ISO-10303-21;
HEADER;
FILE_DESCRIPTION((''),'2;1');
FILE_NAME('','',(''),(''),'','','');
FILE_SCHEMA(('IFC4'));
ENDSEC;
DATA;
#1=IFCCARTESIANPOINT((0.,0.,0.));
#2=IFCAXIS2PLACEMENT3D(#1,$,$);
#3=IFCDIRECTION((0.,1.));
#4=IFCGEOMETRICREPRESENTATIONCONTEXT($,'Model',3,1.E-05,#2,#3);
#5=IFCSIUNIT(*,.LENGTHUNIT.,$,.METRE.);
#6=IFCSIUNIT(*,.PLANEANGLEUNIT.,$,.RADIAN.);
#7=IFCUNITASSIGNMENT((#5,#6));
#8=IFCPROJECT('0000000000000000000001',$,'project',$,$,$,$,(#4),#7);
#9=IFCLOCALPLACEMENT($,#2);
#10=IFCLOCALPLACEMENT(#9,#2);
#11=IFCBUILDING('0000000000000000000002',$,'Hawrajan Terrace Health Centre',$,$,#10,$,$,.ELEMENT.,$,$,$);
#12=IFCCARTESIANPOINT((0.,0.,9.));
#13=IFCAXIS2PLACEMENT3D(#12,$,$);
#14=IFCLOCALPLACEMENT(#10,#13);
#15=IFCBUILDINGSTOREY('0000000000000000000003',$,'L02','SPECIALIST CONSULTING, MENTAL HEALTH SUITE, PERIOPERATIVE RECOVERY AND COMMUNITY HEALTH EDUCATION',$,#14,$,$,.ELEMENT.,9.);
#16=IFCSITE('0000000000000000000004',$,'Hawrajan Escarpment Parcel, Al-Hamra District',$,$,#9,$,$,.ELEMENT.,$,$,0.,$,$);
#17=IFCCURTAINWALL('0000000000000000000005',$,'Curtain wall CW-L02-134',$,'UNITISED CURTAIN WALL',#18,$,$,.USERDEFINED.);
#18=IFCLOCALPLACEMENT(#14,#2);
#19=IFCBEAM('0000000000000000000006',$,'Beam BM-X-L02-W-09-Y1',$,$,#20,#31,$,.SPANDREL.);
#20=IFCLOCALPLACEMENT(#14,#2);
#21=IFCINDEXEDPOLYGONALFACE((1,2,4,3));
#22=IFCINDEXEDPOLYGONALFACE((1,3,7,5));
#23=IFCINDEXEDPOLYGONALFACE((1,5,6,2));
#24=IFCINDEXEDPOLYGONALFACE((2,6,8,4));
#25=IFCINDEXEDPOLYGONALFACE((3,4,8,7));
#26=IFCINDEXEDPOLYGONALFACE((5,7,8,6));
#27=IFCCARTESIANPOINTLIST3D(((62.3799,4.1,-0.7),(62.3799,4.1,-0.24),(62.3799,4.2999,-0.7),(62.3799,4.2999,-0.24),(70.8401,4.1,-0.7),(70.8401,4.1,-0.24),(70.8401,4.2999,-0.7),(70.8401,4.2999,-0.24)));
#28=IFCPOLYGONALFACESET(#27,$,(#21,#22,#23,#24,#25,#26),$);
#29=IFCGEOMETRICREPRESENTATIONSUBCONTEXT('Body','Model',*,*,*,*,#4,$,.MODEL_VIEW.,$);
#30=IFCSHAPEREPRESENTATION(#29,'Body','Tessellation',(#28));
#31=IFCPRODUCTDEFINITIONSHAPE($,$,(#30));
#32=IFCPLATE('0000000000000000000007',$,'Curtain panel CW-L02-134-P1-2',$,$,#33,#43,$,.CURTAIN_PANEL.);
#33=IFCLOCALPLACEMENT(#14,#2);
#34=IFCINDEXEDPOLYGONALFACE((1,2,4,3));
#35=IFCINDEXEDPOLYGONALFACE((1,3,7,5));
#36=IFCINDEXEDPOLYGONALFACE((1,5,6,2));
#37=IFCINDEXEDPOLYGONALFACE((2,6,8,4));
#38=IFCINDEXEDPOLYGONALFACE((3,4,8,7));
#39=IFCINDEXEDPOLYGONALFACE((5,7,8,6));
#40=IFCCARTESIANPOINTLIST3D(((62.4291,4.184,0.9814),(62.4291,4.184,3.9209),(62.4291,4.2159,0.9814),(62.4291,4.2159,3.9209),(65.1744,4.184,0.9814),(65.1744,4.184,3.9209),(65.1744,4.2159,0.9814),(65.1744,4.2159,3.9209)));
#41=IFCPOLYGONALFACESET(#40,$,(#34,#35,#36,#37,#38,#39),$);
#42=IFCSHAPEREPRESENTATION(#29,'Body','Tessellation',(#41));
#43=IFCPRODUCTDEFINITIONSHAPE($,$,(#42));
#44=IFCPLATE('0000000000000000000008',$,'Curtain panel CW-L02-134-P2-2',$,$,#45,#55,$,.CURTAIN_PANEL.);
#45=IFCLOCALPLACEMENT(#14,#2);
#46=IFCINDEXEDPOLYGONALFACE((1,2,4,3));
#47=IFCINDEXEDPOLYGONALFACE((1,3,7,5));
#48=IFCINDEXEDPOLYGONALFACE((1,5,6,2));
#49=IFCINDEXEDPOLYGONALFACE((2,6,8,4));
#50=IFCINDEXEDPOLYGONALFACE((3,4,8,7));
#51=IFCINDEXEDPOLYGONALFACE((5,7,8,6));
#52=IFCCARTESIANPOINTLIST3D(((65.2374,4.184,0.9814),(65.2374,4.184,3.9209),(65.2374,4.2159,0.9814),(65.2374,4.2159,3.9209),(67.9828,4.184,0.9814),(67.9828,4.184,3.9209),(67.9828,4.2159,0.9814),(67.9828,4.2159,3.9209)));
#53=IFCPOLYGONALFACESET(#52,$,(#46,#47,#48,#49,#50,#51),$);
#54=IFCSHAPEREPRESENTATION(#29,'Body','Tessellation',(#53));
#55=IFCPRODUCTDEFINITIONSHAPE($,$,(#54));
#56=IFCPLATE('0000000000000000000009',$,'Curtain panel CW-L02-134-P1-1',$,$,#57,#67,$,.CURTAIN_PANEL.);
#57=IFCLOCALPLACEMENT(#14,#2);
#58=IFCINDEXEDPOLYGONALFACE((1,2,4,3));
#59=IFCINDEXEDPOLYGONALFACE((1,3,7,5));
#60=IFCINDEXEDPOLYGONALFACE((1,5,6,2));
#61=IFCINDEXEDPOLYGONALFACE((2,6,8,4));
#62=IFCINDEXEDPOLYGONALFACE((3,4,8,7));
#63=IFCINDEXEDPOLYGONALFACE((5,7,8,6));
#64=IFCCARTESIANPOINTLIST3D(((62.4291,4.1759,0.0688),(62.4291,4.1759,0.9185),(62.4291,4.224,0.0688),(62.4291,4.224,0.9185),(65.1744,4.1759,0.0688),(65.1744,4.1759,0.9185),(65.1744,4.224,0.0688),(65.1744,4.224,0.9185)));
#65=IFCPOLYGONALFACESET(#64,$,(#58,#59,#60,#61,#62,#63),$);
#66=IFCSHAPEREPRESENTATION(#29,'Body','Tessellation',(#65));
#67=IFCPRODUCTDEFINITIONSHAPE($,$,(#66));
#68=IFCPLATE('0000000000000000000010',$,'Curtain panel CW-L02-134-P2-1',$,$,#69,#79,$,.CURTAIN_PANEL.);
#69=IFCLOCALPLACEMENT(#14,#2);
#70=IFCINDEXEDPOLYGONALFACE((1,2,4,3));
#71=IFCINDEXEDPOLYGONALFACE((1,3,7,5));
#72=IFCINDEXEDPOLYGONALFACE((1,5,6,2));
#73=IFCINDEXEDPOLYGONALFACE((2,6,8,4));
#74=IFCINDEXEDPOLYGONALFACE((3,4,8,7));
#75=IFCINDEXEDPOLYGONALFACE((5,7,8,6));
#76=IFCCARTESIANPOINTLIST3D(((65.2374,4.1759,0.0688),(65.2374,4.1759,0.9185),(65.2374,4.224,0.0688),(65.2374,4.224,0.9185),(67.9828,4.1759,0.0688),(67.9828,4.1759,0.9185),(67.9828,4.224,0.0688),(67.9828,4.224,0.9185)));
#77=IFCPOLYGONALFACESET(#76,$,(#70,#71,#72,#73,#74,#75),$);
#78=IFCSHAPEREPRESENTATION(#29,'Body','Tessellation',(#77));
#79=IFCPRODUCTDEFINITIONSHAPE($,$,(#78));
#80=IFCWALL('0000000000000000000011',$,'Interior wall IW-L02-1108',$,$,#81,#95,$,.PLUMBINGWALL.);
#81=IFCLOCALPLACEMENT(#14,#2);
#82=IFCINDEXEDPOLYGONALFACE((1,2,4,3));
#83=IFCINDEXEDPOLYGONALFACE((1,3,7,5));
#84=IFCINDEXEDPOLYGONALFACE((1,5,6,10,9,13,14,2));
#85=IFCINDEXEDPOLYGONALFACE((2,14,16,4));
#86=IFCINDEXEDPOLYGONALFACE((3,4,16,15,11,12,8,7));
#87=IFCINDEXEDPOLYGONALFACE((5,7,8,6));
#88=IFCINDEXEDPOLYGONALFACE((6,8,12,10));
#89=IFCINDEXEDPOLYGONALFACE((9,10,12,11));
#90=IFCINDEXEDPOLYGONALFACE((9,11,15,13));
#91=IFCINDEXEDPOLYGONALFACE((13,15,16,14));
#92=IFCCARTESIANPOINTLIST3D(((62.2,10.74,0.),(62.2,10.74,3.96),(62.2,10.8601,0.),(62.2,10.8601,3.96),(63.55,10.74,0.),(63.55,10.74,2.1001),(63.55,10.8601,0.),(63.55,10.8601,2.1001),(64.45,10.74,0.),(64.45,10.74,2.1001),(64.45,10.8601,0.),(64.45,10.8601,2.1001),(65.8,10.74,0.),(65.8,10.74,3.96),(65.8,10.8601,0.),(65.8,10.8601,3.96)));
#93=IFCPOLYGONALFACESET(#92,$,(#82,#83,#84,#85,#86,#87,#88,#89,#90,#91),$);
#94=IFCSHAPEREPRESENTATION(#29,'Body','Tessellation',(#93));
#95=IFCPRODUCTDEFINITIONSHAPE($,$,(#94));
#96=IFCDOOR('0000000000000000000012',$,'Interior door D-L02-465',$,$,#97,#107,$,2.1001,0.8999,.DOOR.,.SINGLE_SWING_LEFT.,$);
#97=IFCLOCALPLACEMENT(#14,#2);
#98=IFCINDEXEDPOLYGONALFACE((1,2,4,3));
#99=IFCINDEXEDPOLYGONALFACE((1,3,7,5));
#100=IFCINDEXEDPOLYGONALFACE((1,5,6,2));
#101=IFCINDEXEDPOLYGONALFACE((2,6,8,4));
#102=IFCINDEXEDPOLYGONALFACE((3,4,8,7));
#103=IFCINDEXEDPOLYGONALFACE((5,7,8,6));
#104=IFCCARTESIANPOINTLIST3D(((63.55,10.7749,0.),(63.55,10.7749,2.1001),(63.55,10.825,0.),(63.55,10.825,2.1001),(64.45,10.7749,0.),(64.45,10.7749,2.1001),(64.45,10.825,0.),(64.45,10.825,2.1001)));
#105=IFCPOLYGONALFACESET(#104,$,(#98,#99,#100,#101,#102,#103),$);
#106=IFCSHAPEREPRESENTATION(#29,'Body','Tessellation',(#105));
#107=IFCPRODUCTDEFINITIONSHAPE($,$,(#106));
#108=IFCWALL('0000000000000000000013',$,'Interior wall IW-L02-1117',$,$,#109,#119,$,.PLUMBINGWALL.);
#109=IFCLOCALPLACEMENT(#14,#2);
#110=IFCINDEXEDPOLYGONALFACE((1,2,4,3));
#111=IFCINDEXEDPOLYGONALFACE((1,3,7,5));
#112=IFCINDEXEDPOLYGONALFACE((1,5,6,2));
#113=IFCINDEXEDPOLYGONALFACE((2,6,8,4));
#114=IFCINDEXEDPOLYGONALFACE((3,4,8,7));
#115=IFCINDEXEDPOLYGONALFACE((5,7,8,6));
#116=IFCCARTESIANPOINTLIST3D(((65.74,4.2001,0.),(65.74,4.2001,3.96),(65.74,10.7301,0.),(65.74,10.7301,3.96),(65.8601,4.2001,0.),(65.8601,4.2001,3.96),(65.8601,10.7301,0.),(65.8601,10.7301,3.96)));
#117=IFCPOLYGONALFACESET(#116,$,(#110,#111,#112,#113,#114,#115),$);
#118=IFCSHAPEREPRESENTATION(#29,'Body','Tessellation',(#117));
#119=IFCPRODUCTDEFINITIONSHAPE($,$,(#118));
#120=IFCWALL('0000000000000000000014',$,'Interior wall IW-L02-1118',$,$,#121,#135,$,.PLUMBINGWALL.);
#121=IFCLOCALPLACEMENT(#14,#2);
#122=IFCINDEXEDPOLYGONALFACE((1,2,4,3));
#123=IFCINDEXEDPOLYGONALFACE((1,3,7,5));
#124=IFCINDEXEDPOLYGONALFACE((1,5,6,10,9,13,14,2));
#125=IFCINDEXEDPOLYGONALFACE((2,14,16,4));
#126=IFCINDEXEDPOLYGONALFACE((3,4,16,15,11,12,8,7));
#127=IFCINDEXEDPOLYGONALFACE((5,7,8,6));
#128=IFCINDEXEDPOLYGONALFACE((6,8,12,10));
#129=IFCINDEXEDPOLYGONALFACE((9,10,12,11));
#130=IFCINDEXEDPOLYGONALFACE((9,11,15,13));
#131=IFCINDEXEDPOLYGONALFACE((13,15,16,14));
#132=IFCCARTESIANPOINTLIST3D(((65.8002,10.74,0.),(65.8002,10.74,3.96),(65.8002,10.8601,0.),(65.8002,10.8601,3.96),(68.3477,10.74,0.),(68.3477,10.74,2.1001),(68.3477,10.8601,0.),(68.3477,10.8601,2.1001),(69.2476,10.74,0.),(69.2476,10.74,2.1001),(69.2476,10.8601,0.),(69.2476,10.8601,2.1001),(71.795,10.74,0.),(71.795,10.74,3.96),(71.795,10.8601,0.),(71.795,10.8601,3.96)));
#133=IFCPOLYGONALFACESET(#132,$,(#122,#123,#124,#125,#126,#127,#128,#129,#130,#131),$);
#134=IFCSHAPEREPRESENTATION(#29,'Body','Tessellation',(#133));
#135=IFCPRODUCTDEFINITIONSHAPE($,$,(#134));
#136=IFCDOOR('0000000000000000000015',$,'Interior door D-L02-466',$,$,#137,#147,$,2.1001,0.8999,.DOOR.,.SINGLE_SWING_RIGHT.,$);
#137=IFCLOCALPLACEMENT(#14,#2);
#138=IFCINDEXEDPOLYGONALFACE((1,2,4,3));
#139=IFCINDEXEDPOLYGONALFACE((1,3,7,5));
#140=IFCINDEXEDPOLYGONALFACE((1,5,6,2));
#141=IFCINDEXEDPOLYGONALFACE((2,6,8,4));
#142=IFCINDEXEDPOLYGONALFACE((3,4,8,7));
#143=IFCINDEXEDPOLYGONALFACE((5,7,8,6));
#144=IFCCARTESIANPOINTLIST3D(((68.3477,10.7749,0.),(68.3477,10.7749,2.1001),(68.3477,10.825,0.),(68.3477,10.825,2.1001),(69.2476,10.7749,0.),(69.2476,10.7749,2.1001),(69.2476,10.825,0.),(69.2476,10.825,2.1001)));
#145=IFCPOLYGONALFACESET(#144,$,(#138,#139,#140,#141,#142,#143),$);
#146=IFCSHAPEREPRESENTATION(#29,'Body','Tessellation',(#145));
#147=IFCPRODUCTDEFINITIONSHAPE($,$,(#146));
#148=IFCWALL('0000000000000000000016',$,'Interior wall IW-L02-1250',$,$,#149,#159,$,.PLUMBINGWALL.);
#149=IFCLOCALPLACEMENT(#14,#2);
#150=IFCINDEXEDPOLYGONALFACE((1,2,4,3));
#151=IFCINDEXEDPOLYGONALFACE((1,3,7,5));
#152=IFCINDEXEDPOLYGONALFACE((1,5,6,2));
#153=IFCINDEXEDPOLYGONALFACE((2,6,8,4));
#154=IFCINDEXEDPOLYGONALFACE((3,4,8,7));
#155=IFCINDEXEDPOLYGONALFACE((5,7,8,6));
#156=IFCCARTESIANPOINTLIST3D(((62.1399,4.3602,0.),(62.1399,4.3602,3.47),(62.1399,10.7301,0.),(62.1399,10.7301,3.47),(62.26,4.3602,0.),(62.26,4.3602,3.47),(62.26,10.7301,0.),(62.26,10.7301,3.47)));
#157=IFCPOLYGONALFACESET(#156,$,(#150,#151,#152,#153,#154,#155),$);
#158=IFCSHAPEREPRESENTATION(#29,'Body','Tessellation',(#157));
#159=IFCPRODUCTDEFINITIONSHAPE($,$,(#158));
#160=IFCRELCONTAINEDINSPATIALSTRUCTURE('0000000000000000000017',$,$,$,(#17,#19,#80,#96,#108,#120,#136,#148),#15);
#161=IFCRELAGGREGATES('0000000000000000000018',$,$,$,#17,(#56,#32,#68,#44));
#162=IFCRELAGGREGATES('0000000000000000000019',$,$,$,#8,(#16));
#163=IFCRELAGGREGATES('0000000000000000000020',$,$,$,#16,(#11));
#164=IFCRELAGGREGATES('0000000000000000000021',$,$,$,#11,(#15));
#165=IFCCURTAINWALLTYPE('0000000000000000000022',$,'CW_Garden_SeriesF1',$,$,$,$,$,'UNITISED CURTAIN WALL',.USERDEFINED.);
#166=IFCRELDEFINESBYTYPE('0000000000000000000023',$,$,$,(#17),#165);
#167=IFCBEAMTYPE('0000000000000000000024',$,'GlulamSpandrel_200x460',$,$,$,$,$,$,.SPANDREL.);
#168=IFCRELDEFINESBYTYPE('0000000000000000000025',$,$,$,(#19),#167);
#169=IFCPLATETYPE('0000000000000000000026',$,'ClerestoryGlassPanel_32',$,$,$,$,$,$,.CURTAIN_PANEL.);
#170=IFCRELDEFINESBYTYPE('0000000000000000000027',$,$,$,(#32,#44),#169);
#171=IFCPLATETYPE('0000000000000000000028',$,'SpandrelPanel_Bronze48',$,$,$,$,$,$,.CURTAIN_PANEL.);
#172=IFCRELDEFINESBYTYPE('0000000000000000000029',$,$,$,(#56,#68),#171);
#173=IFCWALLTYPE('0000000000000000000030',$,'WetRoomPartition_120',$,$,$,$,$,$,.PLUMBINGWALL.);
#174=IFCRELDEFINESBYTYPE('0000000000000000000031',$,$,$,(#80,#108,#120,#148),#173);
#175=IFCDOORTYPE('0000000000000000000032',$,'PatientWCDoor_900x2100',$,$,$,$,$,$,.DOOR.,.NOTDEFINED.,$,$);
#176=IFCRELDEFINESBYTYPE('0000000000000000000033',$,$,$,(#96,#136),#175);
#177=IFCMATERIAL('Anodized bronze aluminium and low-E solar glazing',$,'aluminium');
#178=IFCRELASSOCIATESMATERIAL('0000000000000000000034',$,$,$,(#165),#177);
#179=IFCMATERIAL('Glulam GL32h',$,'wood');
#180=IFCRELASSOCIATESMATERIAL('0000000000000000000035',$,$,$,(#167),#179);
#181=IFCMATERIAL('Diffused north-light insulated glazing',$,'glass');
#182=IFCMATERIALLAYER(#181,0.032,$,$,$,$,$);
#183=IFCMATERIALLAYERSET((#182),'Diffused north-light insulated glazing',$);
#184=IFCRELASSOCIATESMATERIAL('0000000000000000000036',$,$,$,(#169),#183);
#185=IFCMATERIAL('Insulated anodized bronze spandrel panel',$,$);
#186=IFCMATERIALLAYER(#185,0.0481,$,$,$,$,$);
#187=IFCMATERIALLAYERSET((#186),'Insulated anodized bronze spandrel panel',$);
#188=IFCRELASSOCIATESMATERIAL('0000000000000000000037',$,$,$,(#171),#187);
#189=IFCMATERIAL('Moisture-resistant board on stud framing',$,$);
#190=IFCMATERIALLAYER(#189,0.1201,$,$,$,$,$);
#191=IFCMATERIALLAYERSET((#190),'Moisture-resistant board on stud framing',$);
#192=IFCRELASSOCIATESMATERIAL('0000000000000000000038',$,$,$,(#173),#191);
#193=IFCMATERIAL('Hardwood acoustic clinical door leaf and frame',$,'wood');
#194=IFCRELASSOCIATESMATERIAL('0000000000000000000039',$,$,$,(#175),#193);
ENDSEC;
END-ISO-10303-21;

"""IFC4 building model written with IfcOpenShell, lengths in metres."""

from ifc_helpers import new_model, si_unit, direction, frame, frame_2d, origin, origin_2d, place, context, subcontext, project, spatial, rectangle, extrude, material, layer, layer_set, material_profile, profile_set, type_object, element, fill, aggregate, save


model = new_model("IFC4")

# Units and contexts
model_context = context("Model", 3, precision=1e-05, world=origin(), true_north=direction((0.0, 1.0)))
body_context = subcontext(model_context, "Body", "Model", "MODEL_VIEW")
ifc_project = project(units=[si_unit("LENGTHUNIT", "METRE"), si_unit("PLANEANGLEUNIT", "RADIAN")], contexts=[model_context])

# Site, building, storey
site_placement = place(None, origin())
site = spatial("IfcSite", under=ifc_project, at=site_placement, Name="Hawrajan Escarpment Parcel, Al-Hamra District", CompositionType="ELEMENT", RefElevation=0.0)
building_placement = place(site_placement, origin())
building = spatial("IfcBuilding", under=site, at=building_placement, Name="Hawrajan Terrace Health Centre", CompositionType="ELEMENT")
storey_placement = place(building_placement, frame((0.0, 0.0, 9.0)))
storey = spatial("IfcBuildingStorey", under=building, at=storey_placement, Name="L02", Description="SPECIALIST CONSULTING, MENTAL HEALTH SUITE, PERIOPERATIVE RECOVERY AND COMMUNITY HEALTH EDUCATION", CompositionType="ELEMENT", Elevation=9.0)

# Curtain wall
ifc_material_1 = material(Name="Anodized bronze aluminium and low-E solar glazing", Category="aluminium")
curtain_wall_type = type_object("IfcCurtainWallType", Name="CW_Garden_SeriesF1", ElementType="UNITISED CURTAIN WALL", PredefinedType="USERDEFINED", material=ifc_material_1)
curtain_wall_placement = place(storey_placement, origin())
curtain_wall = element("IfcCurtainWall", 1, at=curtain_wall_placement, inside=storey, type_object=curtain_wall_type, Name="Curtain wall CW-L02-134", ObjectType="UNITISED CURTAIN WALL", PredefinedType="USERDEFINED")

# Beam
ifc_material_2 = material(Name="Glulam GL32h", Category="wood")
ifc_material_profile_1 = material_profile(ifc_material_2, rectangle(XDim=0.2, YDim=0.46, at=origin_2d()), Name="GL SP 200x460")
ifc_profile_set_1 = profile_set([ifc_material_profile_1], Name="Glulam GL32h")
beam_type_1 = type_object("IfcBeamType", Name="GlulamSpandrel_200x460", PredefinedType="SPANDREL", material=ifc_profile_set_1)
beam_1_placement = place(storey_placement, frame((62.3799, 4.2, -0.47), z_axis=(1.0, 0.0, 0.0), x_axis=(0.0, 1.0, 0.0)))
element("IfcBeam", 2, at=beam_1_placement, inside=storey, type_object=beam_type_1, Name="Beam BM-X-L02-W-09-Y1", PredefinedType="SPANDREL", context=body_context, shape_type="SweptSolid", body=[
    extrude(rectangle(XDim=0.2, YDim=0.46, at=origin_2d()), origin(), (0.0, 0.0, 1.0), 8.4602),
])

# Plates
ifc_material_3 = material(Name="Diffused north-light insulated glazing", Category="glass")
ifc_layer_1 = layer(ifc_material_3, 0.032)
ifc_layer_set_1 = layer_set([ifc_layer_1], Name="Diffused north-light insulated glazing")
plate_type_1 = type_object("IfcPlateType", Name="ClerestoryGlassPanel_32", PredefinedType="CURTAIN_PANEL", material=ifc_layer_set_1)
plate_1_placement = place(storey_placement, frame((63.8018, 4.2, 0.9814), z_axis=(0.0, 0.0, 1.0), x_axis=(1.0, 0.0, 0.0)))
plate_1 = element("IfcPlate", 3, at=plate_1_placement, type_object=plate_type_1, Name="Curtain panel CW-L02-134-P1-2", PredefinedType="CURTAIN_PANEL", context=body_context, shape_type="SweptSolid", body=[
    extrude(rectangle(XDim=2.7454, YDim=0.032, at=origin_2d()), origin(), (0.0, 0.0, 1.0), 2.9395),
])
plate_2_placement = place(storey_placement, frame((66.6101, 4.2, 0.9814), z_axis=(0.0, 0.0, 1.0), x_axis=(1.0, 0.0, 0.0)))
plate_2 = element("IfcPlate", 4, at=plate_2_placement, type_object=plate_type_1, Name="Curtain panel CW-L02-134-P2-2", PredefinedType="CURTAIN_PANEL", context=body_context, shape_type="SweptSolid", body=[
    extrude(rectangle(XDim=2.7454, YDim=0.032, at=origin_2d()), origin(), (0.0, 0.0, 1.0), 2.9395),
])
ifc_material_4 = material(Name="Insulated anodized bronze spandrel panel")
ifc_layer_2 = layer(ifc_material_4, 0.0481)
ifc_layer_set_2 = layer_set([ifc_layer_2], Name="Insulated anodized bronze spandrel panel")
plate_type_2 = type_object("IfcPlateType", Name="SpandrelPanel_Bronze48", PredefinedType="CURTAIN_PANEL", material=ifc_layer_set_2)
plate_3_placement = place(storey_placement, frame((63.8018, 4.2, 0.0688), z_axis=(0.0, 0.0, 1.0), x_axis=(1.0, 0.0, 0.0)))
plate_3 = element("IfcPlate", 5, at=plate_3_placement, type_object=plate_type_2, Name="Curtain panel CW-L02-134-P1-1", PredefinedType="CURTAIN_PANEL", context=body_context, shape_type="SweptSolid", body=[
    extrude(rectangle(XDim=2.7454, YDim=0.0481, at=origin_2d()), origin(), (0.0, 0.0, 1.0), 0.8496),
])
plate_4_placement = place(storey_placement, frame((66.6101, 4.2, 0.0688), z_axis=(0.0, 0.0, 1.0), x_axis=(1.0, 0.0, 0.0)))
plate_4 = element("IfcPlate", 6, at=plate_4_placement, type_object=plate_type_2, Name="Curtain panel CW-L02-134-P2-1", PredefinedType="CURTAIN_PANEL", context=body_context, shape_type="SweptSolid", body=[
    extrude(rectangle(XDim=2.7454, YDim=0.0481, at=origin_2d()), origin(), (0.0, 0.0, 1.0), 0.8496),
])
aggregate(curtain_wall, [plate_3, plate_1, plate_4, plate_2])

# Wall, opening, door
ifc_material_5 = material(Name="Moisture-resistant board on stud framing")
ifc_layer_3 = layer(ifc_material_5, 0.1201)
ifc_layer_set_3 = layer_set([ifc_layer_3], Name="Moisture-resistant board on stud framing")
wall_type = type_object("IfcWallType", Name="WetRoomPartition_120", PredefinedType="PLUMBINGWALL", material=ifc_layer_set_3)
wall_1_placement = place(storey_placement, frame((62.2, 10.8, 0.0), z_axis=(0.0, 0.0, 1.0), x_axis=(1.0, 0.0, 0.0)))
wall_1 = element("IfcWall", 7, at=wall_1_placement, inside=storey, type_object=wall_type, Name="Interior wall IW-L02-1108", PredefinedType="PLUMBINGWALL", context=body_context, shape_type="SweptSolid", body=[
    extrude(rectangle(XDim=3.6001, YDim=0.1201, at=frame_2d((1.8, 0.0))), origin(), (0.0, 0.0, 1.0), 3.96),
])
opening_1_placement = place(wall_1_placement, frame((1.3501, 0.0, 0.0)))
opening_1 = element("IfcOpeningElement", 8, at=opening_1_placement, cuts=wall_1, PredefinedType="OPENING", context=body_context, shape_type="SweptSolid", body=[
    extrude(rectangle(XDim=0.8999, YDim=2.1001, at=frame_2d((0.45, 1.05))), frame((0.0, 0.0701, 0.0), z_axis=(0.0, -1.0, 0.0), x_axis=(1.0, 0.0, 0.0)), (0.0, 0.0, 1.0), 0.1401),
])
ifc_material_6 = material(Name="Hardwood acoustic clinical door leaf and frame", Category="wood")
door_type = type_object("IfcDoorType", Name="PatientWCDoor_900x2100", OperationType="NOTDEFINED", PredefinedType="DOOR", material=ifc_material_6)
door_1_placement = place(opening_1_placement, origin())
door_1 = element("IfcDoor", 9, at=door_1_placement, inside=storey, type_object=door_type, Name="Interior door D-L02-465", OperationType="SINGLE_SWING_LEFT", OverallHeight=2.1001, OverallWidth=0.8999, PredefinedType="DOOR", context=body_context, shape_type="SweptSolid", body=[
    extrude(rectangle(XDim=0.8999, YDim=2.1001, at=frame_2d((0.45, 1.05))), frame((0.0, 0.0249, 0.0), z_axis=(0.0, -1.0, 0.0), x_axis=(1.0, 0.0, 0.0)), (0.0, 0.0, 1.0), 0.05),
])
fill(opening_1, door_1)

# Wall
wall_2_placement = place(storey_placement, frame((65.8, 4.2, 0.0), z_axis=(0.0, 0.0, 1.0), x_axis=(0.0, 1.0, 0.0)))
element("IfcWall", 10, at=wall_2_placement, inside=storey, type_object=wall_type, Name="Interior wall IW-L02-1117", PredefinedType="PLUMBINGWALL", context=body_context, shape_type="SweptSolid", body=[
    extrude(rectangle(XDim=6.53, YDim=0.1201, at=frame_2d((3.2651, 0.0))), origin(), (0.0, 0.0, 1.0), 3.96),
])

# Wall, opening, door
wall_3_placement = place(storey_placement, frame((65.8, 10.8, 0.0), z_axis=(0.0, 0.0, 1.0), x_axis=(1.0, 0.0, 0.0)))
wall_3 = element("IfcWall", 11, at=wall_3_placement, inside=storey, type_object=wall_type, Name="Interior wall IW-L02-1118", PredefinedType="PLUMBINGWALL", context=body_context, shape_type="SweptSolid", body=[
    extrude(rectangle(XDim=5.9949, YDim=0.1201, at=frame_2d((2.9976, 0.0))), origin(), (0.0, 0.0, 1.0), 3.96),
])
opening_2_placement = place(wall_3_placement, frame((2.5476, 0.0, 0.0)))
opening_2 = element("IfcOpeningElement", 12, at=opening_2_placement, cuts=wall_3, PredefinedType="OPENING", context=body_context, shape_type="SweptSolid", body=[
    extrude(rectangle(XDim=0.8999, YDim=2.1001, at=frame_2d((0.45, 1.05))), frame((0.0, 0.0701, 0.0), z_axis=(0.0, -1.0, 0.0), x_axis=(1.0, 0.0, 0.0)), (0.0, 0.0, 1.0), 0.1401),
])
door_2_placement = place(opening_2_placement, origin())
door_2 = element("IfcDoor", 13, at=door_2_placement, inside=storey, type_object=door_type, Name="Interior door D-L02-466", OperationType="SINGLE_SWING_RIGHT", OverallHeight=2.1001, OverallWidth=0.8999, PredefinedType="DOOR", context=body_context, shape_type="SweptSolid", body=[
    extrude(rectangle(XDim=0.8999, YDim=2.1001, at=frame_2d((0.45, 1.05))), frame((0.0, 0.0249, 0.0), z_axis=(0.0, -1.0, 0.0), x_axis=(1.0, 0.0, 0.0)), (0.0, 0.0, 1.0), 0.05),
])
fill(opening_2, door_2)

# Wall
wall_4_placement = place(storey_placement, frame((62.2, 4.3601, 0.0), z_axis=(0.0, 0.0, 1.0), x_axis=(0.0, 1.0, 0.0)))
element("IfcWall", 14, at=wall_4_placement, inside=storey, type_object=wall_type, Name="Interior wall IW-L02-1250", PredefinedType="PLUMBINGWALL", context=body_context, shape_type="SweptSolid", body=[
    extrude(rectangle(XDim=6.3699, YDim=0.1201, at=frame_2d((3.1851, 0.0))), origin(), (0.0, 0.0, 1.0), 3.47),
])

save(model, "model.ifc")
